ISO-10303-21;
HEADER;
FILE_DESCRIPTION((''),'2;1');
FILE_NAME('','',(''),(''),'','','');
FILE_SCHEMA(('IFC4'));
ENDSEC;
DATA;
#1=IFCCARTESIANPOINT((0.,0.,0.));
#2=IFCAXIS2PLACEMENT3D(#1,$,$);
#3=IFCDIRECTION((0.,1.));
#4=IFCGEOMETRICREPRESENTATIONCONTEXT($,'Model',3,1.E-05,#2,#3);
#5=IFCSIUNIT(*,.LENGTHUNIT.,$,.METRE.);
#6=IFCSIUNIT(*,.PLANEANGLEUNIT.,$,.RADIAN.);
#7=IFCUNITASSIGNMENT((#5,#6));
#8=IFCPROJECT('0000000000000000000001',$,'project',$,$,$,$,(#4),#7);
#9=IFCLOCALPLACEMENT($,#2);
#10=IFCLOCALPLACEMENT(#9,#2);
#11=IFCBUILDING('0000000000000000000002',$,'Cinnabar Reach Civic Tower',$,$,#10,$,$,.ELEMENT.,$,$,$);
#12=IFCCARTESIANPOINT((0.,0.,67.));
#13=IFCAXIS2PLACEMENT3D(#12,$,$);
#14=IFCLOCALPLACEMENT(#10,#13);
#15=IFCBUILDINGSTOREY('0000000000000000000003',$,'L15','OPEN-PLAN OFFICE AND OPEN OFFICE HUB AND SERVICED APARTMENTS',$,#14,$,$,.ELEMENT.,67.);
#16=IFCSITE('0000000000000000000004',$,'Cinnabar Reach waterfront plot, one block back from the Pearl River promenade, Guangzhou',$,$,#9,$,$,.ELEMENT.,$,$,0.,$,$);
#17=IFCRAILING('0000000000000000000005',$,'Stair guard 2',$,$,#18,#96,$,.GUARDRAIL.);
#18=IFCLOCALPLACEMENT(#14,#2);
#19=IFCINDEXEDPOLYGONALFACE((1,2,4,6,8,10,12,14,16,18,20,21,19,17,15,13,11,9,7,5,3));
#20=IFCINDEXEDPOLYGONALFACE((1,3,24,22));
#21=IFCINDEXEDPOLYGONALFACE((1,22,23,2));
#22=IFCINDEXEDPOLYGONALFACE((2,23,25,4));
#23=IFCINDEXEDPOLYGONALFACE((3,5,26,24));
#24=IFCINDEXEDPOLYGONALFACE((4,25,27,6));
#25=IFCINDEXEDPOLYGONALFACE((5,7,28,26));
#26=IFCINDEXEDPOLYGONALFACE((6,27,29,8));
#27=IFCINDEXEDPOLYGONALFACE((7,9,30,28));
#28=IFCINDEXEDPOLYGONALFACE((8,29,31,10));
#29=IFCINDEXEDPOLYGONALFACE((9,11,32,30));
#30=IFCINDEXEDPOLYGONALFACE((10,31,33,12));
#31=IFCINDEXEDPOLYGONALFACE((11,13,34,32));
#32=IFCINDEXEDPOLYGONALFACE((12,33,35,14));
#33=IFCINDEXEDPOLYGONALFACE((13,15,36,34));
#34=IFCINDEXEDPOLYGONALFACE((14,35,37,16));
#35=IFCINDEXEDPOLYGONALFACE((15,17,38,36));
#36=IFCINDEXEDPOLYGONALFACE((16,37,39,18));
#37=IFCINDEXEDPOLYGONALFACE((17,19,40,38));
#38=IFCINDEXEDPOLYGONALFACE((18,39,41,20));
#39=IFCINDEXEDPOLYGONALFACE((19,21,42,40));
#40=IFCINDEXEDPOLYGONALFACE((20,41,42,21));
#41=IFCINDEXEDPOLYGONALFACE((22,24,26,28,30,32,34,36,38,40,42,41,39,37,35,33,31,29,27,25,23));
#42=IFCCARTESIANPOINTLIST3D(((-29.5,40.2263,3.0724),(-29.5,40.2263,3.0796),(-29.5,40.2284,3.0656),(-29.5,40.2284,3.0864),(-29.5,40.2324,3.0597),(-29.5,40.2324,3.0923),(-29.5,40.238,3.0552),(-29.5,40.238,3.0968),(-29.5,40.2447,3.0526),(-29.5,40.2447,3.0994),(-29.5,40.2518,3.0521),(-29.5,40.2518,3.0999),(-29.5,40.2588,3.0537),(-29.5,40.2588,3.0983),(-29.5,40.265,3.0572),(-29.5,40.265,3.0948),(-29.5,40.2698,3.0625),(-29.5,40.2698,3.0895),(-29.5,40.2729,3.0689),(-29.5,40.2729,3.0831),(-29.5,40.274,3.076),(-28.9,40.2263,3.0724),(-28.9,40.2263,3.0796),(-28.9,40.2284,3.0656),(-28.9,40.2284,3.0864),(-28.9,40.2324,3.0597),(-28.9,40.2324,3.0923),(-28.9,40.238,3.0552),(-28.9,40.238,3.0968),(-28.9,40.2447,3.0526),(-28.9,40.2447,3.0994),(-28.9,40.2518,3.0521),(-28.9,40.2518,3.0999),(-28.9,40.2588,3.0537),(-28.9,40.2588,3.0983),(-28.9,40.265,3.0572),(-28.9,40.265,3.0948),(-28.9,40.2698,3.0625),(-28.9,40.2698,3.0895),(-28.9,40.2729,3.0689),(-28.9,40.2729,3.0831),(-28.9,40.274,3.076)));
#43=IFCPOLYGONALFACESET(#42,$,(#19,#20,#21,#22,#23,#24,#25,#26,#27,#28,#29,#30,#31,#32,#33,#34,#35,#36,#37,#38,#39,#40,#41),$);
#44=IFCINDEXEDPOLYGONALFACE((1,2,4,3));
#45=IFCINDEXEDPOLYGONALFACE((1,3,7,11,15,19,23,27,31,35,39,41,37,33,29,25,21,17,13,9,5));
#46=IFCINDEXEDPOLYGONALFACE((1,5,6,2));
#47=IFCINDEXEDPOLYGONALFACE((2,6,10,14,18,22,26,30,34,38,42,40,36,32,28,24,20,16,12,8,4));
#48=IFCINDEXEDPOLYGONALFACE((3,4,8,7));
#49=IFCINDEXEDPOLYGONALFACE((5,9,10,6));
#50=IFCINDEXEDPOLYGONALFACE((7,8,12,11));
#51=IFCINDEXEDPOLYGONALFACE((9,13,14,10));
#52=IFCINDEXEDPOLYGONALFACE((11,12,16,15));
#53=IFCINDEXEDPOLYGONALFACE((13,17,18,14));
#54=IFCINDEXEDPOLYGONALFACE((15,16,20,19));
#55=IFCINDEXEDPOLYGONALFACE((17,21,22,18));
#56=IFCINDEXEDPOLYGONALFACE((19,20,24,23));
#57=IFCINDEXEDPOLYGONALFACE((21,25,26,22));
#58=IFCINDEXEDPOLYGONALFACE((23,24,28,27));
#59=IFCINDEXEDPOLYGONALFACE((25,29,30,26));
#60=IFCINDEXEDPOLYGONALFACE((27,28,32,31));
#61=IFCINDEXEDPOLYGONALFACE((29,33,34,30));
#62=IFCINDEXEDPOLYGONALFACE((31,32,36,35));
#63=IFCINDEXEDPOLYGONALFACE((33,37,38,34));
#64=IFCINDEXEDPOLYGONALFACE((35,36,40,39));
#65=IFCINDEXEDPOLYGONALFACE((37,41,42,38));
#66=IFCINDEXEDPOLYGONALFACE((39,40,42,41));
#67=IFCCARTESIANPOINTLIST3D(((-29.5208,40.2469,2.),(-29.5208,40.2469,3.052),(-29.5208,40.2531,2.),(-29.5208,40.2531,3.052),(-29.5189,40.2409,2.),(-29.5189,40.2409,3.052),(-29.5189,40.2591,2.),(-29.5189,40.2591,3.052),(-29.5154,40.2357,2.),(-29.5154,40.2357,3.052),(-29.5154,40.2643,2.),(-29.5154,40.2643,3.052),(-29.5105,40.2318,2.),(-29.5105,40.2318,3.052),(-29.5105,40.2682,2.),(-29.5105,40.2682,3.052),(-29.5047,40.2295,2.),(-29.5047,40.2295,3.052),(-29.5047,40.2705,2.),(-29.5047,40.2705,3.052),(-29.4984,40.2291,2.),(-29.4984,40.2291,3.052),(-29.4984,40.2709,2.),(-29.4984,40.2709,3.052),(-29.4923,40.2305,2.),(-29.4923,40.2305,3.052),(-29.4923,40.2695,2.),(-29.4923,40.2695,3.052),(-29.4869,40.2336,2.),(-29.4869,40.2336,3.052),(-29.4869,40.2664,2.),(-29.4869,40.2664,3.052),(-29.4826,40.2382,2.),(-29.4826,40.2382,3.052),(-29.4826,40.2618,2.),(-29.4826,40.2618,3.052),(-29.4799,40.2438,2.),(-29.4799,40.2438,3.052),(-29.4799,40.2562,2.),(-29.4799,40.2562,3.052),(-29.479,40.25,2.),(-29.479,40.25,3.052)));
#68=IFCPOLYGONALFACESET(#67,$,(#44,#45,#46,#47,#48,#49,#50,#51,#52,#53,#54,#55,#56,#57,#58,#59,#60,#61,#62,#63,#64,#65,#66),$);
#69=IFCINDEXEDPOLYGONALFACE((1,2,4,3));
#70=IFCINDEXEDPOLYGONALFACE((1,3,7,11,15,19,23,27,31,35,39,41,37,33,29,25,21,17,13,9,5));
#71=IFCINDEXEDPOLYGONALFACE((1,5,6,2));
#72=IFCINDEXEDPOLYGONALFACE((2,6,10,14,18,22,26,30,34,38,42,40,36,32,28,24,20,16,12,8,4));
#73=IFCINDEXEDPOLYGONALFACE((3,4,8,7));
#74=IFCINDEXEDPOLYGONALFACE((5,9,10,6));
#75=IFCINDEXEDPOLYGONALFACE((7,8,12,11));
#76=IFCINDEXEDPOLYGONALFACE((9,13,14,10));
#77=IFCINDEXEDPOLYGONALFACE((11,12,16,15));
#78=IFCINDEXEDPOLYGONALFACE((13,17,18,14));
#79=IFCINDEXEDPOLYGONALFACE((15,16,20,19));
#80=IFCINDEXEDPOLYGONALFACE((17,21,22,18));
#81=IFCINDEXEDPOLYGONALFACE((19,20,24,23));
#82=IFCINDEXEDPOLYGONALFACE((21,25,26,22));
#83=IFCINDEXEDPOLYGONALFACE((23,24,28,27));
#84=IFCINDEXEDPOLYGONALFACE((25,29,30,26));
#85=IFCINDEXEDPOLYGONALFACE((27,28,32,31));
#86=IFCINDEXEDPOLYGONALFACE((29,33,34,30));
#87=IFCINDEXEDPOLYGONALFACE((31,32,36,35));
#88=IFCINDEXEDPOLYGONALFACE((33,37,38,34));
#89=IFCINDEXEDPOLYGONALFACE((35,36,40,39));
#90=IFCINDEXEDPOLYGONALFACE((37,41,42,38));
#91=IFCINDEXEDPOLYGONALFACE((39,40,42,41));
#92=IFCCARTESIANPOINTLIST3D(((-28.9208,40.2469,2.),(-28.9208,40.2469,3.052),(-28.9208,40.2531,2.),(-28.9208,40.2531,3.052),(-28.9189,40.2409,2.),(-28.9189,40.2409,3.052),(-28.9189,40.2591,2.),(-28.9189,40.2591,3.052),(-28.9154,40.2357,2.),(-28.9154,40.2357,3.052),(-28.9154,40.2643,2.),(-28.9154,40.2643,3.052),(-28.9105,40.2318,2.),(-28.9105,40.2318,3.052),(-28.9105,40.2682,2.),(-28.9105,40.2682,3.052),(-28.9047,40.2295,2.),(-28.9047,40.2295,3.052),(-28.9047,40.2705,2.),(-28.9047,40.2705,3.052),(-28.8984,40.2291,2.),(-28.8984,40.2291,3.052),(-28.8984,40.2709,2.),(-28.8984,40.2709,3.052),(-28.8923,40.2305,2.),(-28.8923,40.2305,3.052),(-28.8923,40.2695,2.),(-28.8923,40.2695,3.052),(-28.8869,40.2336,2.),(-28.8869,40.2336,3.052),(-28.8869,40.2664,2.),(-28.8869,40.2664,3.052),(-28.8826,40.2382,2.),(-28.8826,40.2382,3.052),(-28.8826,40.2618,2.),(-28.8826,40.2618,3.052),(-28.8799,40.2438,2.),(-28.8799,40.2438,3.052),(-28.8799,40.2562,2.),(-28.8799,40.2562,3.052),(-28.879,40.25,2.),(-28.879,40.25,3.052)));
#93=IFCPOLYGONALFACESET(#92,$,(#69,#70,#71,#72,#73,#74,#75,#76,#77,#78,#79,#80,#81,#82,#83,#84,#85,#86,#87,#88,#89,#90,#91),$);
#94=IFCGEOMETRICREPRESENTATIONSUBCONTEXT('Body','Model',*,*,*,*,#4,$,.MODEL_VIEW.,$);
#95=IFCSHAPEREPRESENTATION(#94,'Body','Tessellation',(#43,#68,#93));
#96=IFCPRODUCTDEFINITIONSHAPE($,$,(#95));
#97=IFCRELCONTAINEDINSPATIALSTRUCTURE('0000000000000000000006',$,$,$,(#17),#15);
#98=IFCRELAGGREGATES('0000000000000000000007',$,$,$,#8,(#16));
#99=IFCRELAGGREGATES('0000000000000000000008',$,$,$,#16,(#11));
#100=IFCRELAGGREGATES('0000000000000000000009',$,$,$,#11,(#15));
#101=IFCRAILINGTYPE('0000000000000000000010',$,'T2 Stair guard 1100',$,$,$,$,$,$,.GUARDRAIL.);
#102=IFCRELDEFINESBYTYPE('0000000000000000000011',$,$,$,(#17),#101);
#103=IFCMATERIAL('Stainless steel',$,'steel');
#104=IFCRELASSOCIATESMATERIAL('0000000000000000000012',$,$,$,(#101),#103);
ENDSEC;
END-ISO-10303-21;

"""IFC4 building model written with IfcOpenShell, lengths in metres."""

from ifc_helpers import new_model, si_unit, direction, frame, origin, origin_2d, place, context, subcontext, project, spatial, circle, extrude, material, type_object, element, save


model = new_model("IFC4")

# Units and contexts
model_context = context("Model", 3, precision=1e-05, world=origin(), true_north=direction((0.0, 1.0)))
body_context = subcontext(model_context, "Body", "Model", "MODEL_VIEW")
ifc_project = project(units=[si_unit("LENGTHUNIT", "METRE"), si_unit("PLANEANGLEUNIT", "RADIAN")], contexts=[model_context])

# Site, building, storey
site_placement = place(None, origin())
site = spatial("IfcSite", under=ifc_project, at=site_placement, Name="Cinnabar Reach waterfront plot, one block back from the Pearl River promenade, Guangzhou", CompositionType="ELEMENT", RefElevation=0.0)
building_placement = place(site_placement, origin())
building = spatial("IfcBuilding", under=site, at=building_placement, Name="Cinnabar Reach Civic Tower", CompositionType="ELEMENT")
storey_placement = place(building_placement, frame((0.0, 0.0, 67.0)))
storey = spatial("IfcBuildingStorey", under=building, at=storey_placement, Name="L15", Description="OPEN-PLAN OFFICE AND OPEN OFFICE HUB AND SERVICED APARTMENTS", CompositionType="ELEMENT", Elevation=67.0)

# Railing
ifc_material_1 = material(Name="Stainless steel", Category="steel")
railing_type = type_object("IfcRailingType", Name="T2 Stair guard 1100", PredefinedType="GUARDRAIL", material=ifc_material_1)
railing_1_placement = place(storey_placement, frame((-29.5, 40.25, 2.0)))
element("IfcRailing", 1, at=railing_1_placement, inside=storey, type_object=railing_type, Name="Stair guard 2", PredefinedType="GUARDRAIL", context=body_context, shape_type="SweptSolid", body=[
    extrude(circle(Radius=0.024, at=origin_2d()), frame((0.0, 0.0, 1.076), z_axis=(1.0, 0.0, 0.0), x_axis=(0.0, 1.0, 0.0)), (0.0, 0.0, 1.0), 0.6),
    extrude(circle(Radius=0.021, at=origin_2d()), origin(), (0.0, 0.0, 1.0), 1.052),
    extrude(circle(Radius=0.021, at=origin_2d()), frame((0.6, 0.0, 0.0)), (0.0, 0.0, 1.0), 1.052),
])

save(model, "model.ifc")
